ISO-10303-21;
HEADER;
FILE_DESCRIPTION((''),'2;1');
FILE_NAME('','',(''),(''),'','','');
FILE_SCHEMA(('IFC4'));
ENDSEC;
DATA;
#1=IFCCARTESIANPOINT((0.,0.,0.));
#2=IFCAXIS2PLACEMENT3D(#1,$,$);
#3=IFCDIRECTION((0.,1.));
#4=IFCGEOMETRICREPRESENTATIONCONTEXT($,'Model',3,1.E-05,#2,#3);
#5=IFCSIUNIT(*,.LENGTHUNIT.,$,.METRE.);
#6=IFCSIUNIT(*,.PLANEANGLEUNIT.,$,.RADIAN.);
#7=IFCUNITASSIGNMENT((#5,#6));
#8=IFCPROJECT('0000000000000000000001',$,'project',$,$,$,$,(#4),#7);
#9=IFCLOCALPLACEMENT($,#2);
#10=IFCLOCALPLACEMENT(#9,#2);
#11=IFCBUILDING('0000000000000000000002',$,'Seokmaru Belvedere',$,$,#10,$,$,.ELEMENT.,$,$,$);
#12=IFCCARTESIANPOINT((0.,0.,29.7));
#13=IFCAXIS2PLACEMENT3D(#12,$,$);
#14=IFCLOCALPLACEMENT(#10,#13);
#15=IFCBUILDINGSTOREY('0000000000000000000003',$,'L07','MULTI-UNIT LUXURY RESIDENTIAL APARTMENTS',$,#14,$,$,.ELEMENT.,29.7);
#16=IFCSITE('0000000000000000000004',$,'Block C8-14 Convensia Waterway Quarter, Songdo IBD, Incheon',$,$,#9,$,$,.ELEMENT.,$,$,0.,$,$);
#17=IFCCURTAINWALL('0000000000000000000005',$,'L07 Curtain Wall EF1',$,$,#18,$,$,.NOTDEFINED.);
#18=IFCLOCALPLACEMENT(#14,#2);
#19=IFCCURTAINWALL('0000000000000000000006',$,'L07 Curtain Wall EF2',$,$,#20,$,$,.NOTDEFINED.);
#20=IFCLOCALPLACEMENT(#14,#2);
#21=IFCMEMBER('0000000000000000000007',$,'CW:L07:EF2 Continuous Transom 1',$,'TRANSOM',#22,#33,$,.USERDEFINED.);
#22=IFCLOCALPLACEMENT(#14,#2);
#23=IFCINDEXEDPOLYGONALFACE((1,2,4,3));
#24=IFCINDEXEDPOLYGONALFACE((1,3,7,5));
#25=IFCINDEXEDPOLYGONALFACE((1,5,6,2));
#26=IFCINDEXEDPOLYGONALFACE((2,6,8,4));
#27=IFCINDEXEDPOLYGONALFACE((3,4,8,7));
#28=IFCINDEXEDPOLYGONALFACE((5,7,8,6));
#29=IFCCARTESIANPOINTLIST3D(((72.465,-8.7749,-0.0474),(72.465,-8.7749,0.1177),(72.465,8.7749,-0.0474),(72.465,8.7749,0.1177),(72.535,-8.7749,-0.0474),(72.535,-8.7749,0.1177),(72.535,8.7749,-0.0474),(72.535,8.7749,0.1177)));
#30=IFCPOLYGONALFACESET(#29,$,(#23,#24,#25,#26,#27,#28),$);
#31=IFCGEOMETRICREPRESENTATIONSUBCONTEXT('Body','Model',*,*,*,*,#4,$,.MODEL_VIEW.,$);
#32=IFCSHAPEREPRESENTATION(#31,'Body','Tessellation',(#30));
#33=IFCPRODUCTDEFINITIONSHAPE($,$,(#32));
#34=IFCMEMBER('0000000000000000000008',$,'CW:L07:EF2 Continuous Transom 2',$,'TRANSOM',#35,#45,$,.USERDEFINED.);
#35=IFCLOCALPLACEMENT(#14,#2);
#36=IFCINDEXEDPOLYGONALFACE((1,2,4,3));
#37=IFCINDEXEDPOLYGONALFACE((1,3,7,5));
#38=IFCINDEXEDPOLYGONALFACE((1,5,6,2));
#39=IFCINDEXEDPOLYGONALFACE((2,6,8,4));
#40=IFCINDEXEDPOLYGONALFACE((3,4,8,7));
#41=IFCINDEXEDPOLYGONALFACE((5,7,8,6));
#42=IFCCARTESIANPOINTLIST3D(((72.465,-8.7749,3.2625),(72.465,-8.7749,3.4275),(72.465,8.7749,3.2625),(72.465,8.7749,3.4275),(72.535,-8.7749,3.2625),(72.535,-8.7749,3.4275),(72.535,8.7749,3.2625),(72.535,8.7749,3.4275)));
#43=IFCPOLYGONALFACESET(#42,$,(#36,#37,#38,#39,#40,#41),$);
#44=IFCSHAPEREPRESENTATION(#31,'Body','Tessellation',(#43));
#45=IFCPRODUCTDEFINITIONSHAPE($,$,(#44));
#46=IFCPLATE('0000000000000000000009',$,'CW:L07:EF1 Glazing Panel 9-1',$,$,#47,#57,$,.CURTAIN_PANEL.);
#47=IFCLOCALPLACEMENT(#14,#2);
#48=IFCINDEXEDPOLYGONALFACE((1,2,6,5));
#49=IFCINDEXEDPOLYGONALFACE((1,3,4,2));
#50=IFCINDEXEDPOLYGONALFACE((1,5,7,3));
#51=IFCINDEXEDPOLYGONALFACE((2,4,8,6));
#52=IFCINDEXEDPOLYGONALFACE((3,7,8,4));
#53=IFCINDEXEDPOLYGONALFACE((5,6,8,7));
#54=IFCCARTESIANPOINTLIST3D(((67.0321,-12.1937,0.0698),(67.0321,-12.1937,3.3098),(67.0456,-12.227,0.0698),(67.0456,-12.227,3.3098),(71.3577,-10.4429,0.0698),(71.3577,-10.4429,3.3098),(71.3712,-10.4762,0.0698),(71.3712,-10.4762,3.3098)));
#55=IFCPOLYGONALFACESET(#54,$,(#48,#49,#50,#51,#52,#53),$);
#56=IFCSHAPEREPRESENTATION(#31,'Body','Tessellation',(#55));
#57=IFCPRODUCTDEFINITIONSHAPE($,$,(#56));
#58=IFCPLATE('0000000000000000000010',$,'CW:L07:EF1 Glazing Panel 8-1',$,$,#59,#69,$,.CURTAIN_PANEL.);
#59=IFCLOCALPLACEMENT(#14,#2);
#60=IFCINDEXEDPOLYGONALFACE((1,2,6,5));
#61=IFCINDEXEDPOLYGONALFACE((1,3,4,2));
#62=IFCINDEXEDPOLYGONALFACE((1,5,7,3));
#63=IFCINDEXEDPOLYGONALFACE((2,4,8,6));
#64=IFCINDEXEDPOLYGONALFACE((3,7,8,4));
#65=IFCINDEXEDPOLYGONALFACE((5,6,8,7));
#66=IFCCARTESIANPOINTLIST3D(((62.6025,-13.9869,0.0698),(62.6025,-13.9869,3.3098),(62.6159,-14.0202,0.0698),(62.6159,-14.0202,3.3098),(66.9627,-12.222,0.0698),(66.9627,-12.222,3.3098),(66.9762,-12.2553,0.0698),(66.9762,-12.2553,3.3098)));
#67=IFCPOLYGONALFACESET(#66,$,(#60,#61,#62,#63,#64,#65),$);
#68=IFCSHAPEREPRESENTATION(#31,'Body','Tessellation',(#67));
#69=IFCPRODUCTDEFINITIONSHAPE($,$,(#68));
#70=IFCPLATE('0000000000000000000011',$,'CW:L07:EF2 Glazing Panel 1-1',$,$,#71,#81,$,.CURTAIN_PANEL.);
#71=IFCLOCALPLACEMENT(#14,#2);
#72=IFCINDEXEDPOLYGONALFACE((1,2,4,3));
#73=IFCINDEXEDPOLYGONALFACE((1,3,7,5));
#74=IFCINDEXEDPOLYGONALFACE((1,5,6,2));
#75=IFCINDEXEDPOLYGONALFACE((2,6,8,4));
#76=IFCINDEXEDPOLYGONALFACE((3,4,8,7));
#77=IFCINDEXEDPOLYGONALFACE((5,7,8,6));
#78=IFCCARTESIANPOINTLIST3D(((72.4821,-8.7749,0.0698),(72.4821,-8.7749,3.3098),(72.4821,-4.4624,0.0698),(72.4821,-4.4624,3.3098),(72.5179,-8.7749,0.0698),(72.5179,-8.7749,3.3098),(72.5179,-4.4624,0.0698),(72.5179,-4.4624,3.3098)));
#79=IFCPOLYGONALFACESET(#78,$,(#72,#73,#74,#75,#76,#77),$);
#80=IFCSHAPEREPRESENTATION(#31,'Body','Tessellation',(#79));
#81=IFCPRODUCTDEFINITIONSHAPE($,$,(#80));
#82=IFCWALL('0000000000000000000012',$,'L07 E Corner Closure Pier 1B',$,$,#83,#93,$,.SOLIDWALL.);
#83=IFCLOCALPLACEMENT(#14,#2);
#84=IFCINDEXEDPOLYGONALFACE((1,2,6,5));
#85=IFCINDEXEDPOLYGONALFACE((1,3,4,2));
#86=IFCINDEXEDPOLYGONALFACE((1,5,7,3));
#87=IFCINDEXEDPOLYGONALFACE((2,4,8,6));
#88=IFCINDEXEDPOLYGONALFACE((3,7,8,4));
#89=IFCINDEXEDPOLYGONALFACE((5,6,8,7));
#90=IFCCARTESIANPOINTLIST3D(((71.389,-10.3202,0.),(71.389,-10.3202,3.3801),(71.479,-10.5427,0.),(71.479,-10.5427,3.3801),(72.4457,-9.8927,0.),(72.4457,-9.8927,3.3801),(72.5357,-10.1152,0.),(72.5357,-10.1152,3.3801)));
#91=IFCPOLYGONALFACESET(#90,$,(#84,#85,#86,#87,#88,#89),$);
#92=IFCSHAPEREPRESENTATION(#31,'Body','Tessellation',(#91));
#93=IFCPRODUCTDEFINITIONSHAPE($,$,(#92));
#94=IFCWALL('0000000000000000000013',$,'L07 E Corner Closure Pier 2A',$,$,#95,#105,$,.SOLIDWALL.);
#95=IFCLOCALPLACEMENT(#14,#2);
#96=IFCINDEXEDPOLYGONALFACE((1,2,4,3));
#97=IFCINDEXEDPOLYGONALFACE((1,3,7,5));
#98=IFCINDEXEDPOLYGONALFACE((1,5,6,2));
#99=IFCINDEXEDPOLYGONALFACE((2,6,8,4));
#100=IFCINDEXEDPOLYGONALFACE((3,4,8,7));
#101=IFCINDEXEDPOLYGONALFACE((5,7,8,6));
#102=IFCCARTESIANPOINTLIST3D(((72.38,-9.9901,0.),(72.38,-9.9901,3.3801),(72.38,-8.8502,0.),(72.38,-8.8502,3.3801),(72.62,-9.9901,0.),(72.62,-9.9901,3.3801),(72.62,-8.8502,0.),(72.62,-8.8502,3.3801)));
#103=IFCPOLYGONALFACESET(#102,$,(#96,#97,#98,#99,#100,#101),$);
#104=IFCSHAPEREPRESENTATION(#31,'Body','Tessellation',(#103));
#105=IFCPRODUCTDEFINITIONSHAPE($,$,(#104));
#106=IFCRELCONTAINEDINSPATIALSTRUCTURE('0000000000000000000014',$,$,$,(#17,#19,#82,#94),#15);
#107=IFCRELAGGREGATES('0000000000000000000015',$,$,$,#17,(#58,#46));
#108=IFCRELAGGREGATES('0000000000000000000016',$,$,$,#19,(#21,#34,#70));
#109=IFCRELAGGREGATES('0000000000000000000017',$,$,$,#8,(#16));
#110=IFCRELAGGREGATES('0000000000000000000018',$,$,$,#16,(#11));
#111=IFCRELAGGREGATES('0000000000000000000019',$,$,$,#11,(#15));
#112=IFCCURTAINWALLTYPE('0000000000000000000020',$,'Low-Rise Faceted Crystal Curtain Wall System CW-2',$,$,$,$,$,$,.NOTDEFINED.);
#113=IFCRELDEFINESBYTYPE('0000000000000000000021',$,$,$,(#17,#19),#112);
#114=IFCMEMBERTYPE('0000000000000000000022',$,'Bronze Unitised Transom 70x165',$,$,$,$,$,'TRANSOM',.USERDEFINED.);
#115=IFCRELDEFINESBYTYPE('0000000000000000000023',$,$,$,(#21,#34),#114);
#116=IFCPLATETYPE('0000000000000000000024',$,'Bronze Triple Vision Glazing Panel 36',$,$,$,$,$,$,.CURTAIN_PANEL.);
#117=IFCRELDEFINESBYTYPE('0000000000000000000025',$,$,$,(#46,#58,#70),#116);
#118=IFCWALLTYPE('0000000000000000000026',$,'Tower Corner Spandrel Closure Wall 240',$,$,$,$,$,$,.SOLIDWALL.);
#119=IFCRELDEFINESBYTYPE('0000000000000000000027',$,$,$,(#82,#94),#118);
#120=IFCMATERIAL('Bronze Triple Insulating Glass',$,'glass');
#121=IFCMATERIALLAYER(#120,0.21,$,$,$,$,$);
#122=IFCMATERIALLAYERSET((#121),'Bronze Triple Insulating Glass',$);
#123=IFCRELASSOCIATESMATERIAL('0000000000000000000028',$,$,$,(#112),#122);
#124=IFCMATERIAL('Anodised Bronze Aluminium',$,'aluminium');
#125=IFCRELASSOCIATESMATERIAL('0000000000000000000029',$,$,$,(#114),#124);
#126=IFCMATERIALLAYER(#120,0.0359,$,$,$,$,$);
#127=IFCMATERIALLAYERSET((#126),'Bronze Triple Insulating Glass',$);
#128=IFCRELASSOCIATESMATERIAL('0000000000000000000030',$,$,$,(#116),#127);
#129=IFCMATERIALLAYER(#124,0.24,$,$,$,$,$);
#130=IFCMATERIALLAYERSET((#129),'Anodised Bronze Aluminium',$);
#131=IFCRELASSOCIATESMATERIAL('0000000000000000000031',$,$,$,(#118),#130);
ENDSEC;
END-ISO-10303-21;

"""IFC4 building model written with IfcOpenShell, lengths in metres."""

from ifc_helpers import new_model, si_unit, direction, frame, frame_2d, origin, origin_2d, place, context, subcontext, project, spatial, rectangle, extrude, source, transform, mapped, material, layer, layer_set, material_profile, profile_set, type_object, type_shapes, element, aggregate, save


model = new_model("IFC4")

# Units and contexts
model_context = context("Model", 3, precision=1e-05, world=origin(), true_north=direction((0.0, 1.0)))
body_context = subcontext(model_context, "Body", "Model", "MODEL_VIEW")
ifc_project = project(units=[si_unit("LENGTHUNIT", "METRE"), si_unit("PLANEANGLEUNIT", "RADIAN")], contexts=[model_context])

# Site, building, storey
site_placement = place(None, origin())
site = spatial("IfcSite", under=ifc_project, at=site_placement, Name="Block C8-14 Convensia Waterway Quarter, Songdo IBD, Incheon", CompositionType="ELEMENT", RefElevation=0.0)
building_placement = place(site_placement, origin())
building = spatial("IfcBuilding", under=site, at=building_placement, Name="Seokmaru Belvedere", CompositionType="ELEMENT")
storey_placement = place(building_placement, frame((0.0, 0.0, 29.7)))
storey = spatial("IfcBuildingStorey", under=building, at=storey_placement, Name="L07", Description="MULTI-UNIT LUXURY RESIDENTIAL APARTMENTS", CompositionType="ELEMENT", Elevation=29.7)

# Curtain walls
ifc_material_1 = material(Name="Bronze Triple Insulating Glass", Category="glass")
ifc_layer_1 = layer(ifc_material_1, 0.21)
ifc_layer_set_1 = layer_set([ifc_layer_1], Name="Bronze Triple Insulating Glass")
curtain_wall_type = type_object("IfcCurtainWallType", Name="Low-Rise Faceted Crystal Curtain Wall System CW-2", PredefinedType="NOTDEFINED", material=ifc_layer_set_1)
curtain_wall_1_placement = place(storey_placement, origin())
curtain_wall_1 = element("IfcCurtainWall", 1, at=curtain_wall_1_placement, inside=storey, type_object=curtain_wall_type, Name="L07 Curtain Wall EF1", PredefinedType="NOTDEFINED")
ifc_material_2 = material(Name="Anodised Bronze Aluminium", Category="aluminium")
curtain_wall_2_placement = place(storey_placement, origin())
curtain_wall_2 = element("IfcCurtainWall", 2, at=curtain_wall_2_placement, inside=storey, type_object=curtain_wall_type, Name="L07 Curtain Wall EF2", PredefinedType="NOTDEFINED")

# Members
ifc_material_profile_1 = material_profile(ifc_material_2, rectangle(XDim=0.0701, YDim=0.165, at=origin_2d()), Name="CW-T-70x165")
ifc_profile_set_1 = profile_set([ifc_material_profile_1], Name="Anodised Bronze Aluminium")
member_type_1 = type_object("IfcMemberType", Name="Bronze Unitised Transom 70x165", ElementType="TRANSOM", PredefinedType="USERDEFINED", material=ifc_profile_set_1)
shared_shape_1 = source(origin(), body_context, "Body", "SweptSolid", [
    extrude(rectangle(XDim=0.0701, YDim=0.165, at=origin_2d()), origin(), (0.0, 0.0, 1.0), 17.5498),
])
type_shapes(member_type_1, [shared_shape_1])
member_1_placement = place(storey_placement, frame((72.5, -8.7749, 0.0352), z_axis=(0.0, 1.0, 0.0), x_axis=(-1.0, 0.0, 0.0)))
member_1 = element("IfcMember", 3, at=member_1_placement, type_object=member_type_1, Name="CW:L07:EF2 Continuous Transom 1", ObjectType="TRANSOM", PredefinedType="USERDEFINED", context=body_context, shape_type="MappedRepresentation", body=[
    mapped(shared_shape_1, transform((0.0, 0.0, 0.0), scale=1.0)),
])
member_2_placement = place(storey_placement, frame((72.5, -8.7749, 3.345), z_axis=(0.0, 1.0, 0.0), x_axis=(-1.0, 0.0, 0.0)))
member_2 = element("IfcMember", 4, at=member_2_placement, type_object=member_type_1, Name="CW:L07:EF2 Continuous Transom 2", ObjectType="TRANSOM", PredefinedType="USERDEFINED", context=body_context, shape_type="MappedRepresentation", body=[
    mapped(shared_shape_1, transform((0.0, 0.0, 0.0), scale=1.0)),
])

# Plates
ifc_layer_2 = layer(ifc_material_1, 0.0359)
ifc_layer_set_2 = layer_set([ifc_layer_2], Name="Bronze Triple Insulating Glass")
plate_type = type_object("IfcPlateType", Name="Bronze Triple Vision Glazing Panel 36", PredefinedType="CURTAIN_PANEL", material=ifc_layer_set_2)
shared_shape_2 = source(origin(), body_context, "Body", "SweptSolid", [
    extrude(rectangle(XDim=4.6665, YDim=0.0359, at=origin_2d()), origin(), (0.0, 0.0, 1.0), 3.24),
])
plate_1_placement = place(storey_placement, frame((69.2017, -11.335, 0.0698), z_axis=(0.0, 0.0, 1.0), x_axis=(0.926947, 0.375192, 0.0)))
plate_1 = element("IfcPlate", 5, at=plate_1_placement, type_object=plate_type, Name="CW:L07:EF1 Glazing Panel 9-1", PredefinedType="CURTAIN_PANEL", context=body_context, shape_type="MappedRepresentation", body=[
    mapped(shared_shape_2, transform((0.0, 0.0, 0.0), scale=1.0)),
])
shared_shape_3 = source(origin(), body_context, "Body", "SweptSolid", [
    extrude(rectangle(XDim=4.7039, YDim=0.0359, at=origin_2d()), origin(), (0.0, 0.0, 1.0), 3.24),
])
plate_2_placement = place(storey_placement, frame((64.7893, -13.1211, 0.0698), z_axis=(0.0, 0.0, 1.0), x_axis=(0.926947, 0.375192, 0.0)))
plate_2 = element("IfcPlate", 6, at=plate_2_placement, type_object=plate_type, Name="CW:L07:EF1 Glazing Panel 8-1", PredefinedType="CURTAIN_PANEL", context=body_context, shape_type="MappedRepresentation", body=[
    mapped(shared_shape_3, transform((0.0, 0.0, 0.0), scale=1.0)),
])
aggregate(curtain_wall_1, [plate_2, plate_1])
shared_shape_4 = source(origin(), body_context, "Body", "SweptSolid", [
    extrude(rectangle(XDim=4.3125, YDim=0.0359, at=origin_2d()), origin(), (0.0, 0.0, 1.0), 3.24),
])
type_shapes(plate_type, [shared_shape_2, shared_shape_3, shared_shape_4])
plate_3_placement = place(storey_placement, frame((72.5, -6.6187, 0.0698), z_axis=(0.0, 0.0, 1.0), x_axis=(0.0, 1.0, 0.0)))
plate_3 = element("IfcPlate", 7, at=plate_3_placement, type_object=plate_type, Name="CW:L07:EF2 Glazing Panel 1-1", PredefinedType="CURTAIN_PANEL", context=body_context, shape_type="MappedRepresentation", body=[
    mapped(shared_shape_4, transform((0.0, 0.0, 0.0), scale=1.0)),
])
aggregate(curtain_wall_2, [member_1, member_2, plate_3])

# Walls
ifc_layer_3 = layer(ifc_material_2, 0.24)
ifc_layer_set_3 = layer_set([ifc_layer_3], Name="Anodised Bronze Aluminium")
wall_type = type_object("IfcWallType", Name="Tower Corner Spandrel Closure Wall 240", PredefinedType="SOLIDWALL", material=ifc_layer_set_3)
for number, where, z_axis, x_axis, name in (
    (8, (71.4341, -10.4314, 0.0), (0.0, 0.0, 1.0), (0.927007, 0.375044, 0.0), "L07 E Corner Closure Pier 1B"),
    (9, (72.5, -9.99, 0.0), (0.0, 0.0, 1.0), (0.0, 1.0, 0.0), "L07 E Corner Closure Pier 2A"),
):
    element("IfcWall", number, at=place(storey_placement, frame(where, z_axis=z_axis, x_axis=x_axis)), inside=storey, type_object=wall_type, Name=name, PredefinedType="SOLIDWALL", context=body_context, shape_type="SweptSolid", body=[
        extrude(rectangle(XDim=1.1399, YDim=0.24, at=frame_2d((0.5698, 0.0))), origin(), (0.0, 0.0, 1.0), 3.3801),
    ])

save(model, "model.ifc")
